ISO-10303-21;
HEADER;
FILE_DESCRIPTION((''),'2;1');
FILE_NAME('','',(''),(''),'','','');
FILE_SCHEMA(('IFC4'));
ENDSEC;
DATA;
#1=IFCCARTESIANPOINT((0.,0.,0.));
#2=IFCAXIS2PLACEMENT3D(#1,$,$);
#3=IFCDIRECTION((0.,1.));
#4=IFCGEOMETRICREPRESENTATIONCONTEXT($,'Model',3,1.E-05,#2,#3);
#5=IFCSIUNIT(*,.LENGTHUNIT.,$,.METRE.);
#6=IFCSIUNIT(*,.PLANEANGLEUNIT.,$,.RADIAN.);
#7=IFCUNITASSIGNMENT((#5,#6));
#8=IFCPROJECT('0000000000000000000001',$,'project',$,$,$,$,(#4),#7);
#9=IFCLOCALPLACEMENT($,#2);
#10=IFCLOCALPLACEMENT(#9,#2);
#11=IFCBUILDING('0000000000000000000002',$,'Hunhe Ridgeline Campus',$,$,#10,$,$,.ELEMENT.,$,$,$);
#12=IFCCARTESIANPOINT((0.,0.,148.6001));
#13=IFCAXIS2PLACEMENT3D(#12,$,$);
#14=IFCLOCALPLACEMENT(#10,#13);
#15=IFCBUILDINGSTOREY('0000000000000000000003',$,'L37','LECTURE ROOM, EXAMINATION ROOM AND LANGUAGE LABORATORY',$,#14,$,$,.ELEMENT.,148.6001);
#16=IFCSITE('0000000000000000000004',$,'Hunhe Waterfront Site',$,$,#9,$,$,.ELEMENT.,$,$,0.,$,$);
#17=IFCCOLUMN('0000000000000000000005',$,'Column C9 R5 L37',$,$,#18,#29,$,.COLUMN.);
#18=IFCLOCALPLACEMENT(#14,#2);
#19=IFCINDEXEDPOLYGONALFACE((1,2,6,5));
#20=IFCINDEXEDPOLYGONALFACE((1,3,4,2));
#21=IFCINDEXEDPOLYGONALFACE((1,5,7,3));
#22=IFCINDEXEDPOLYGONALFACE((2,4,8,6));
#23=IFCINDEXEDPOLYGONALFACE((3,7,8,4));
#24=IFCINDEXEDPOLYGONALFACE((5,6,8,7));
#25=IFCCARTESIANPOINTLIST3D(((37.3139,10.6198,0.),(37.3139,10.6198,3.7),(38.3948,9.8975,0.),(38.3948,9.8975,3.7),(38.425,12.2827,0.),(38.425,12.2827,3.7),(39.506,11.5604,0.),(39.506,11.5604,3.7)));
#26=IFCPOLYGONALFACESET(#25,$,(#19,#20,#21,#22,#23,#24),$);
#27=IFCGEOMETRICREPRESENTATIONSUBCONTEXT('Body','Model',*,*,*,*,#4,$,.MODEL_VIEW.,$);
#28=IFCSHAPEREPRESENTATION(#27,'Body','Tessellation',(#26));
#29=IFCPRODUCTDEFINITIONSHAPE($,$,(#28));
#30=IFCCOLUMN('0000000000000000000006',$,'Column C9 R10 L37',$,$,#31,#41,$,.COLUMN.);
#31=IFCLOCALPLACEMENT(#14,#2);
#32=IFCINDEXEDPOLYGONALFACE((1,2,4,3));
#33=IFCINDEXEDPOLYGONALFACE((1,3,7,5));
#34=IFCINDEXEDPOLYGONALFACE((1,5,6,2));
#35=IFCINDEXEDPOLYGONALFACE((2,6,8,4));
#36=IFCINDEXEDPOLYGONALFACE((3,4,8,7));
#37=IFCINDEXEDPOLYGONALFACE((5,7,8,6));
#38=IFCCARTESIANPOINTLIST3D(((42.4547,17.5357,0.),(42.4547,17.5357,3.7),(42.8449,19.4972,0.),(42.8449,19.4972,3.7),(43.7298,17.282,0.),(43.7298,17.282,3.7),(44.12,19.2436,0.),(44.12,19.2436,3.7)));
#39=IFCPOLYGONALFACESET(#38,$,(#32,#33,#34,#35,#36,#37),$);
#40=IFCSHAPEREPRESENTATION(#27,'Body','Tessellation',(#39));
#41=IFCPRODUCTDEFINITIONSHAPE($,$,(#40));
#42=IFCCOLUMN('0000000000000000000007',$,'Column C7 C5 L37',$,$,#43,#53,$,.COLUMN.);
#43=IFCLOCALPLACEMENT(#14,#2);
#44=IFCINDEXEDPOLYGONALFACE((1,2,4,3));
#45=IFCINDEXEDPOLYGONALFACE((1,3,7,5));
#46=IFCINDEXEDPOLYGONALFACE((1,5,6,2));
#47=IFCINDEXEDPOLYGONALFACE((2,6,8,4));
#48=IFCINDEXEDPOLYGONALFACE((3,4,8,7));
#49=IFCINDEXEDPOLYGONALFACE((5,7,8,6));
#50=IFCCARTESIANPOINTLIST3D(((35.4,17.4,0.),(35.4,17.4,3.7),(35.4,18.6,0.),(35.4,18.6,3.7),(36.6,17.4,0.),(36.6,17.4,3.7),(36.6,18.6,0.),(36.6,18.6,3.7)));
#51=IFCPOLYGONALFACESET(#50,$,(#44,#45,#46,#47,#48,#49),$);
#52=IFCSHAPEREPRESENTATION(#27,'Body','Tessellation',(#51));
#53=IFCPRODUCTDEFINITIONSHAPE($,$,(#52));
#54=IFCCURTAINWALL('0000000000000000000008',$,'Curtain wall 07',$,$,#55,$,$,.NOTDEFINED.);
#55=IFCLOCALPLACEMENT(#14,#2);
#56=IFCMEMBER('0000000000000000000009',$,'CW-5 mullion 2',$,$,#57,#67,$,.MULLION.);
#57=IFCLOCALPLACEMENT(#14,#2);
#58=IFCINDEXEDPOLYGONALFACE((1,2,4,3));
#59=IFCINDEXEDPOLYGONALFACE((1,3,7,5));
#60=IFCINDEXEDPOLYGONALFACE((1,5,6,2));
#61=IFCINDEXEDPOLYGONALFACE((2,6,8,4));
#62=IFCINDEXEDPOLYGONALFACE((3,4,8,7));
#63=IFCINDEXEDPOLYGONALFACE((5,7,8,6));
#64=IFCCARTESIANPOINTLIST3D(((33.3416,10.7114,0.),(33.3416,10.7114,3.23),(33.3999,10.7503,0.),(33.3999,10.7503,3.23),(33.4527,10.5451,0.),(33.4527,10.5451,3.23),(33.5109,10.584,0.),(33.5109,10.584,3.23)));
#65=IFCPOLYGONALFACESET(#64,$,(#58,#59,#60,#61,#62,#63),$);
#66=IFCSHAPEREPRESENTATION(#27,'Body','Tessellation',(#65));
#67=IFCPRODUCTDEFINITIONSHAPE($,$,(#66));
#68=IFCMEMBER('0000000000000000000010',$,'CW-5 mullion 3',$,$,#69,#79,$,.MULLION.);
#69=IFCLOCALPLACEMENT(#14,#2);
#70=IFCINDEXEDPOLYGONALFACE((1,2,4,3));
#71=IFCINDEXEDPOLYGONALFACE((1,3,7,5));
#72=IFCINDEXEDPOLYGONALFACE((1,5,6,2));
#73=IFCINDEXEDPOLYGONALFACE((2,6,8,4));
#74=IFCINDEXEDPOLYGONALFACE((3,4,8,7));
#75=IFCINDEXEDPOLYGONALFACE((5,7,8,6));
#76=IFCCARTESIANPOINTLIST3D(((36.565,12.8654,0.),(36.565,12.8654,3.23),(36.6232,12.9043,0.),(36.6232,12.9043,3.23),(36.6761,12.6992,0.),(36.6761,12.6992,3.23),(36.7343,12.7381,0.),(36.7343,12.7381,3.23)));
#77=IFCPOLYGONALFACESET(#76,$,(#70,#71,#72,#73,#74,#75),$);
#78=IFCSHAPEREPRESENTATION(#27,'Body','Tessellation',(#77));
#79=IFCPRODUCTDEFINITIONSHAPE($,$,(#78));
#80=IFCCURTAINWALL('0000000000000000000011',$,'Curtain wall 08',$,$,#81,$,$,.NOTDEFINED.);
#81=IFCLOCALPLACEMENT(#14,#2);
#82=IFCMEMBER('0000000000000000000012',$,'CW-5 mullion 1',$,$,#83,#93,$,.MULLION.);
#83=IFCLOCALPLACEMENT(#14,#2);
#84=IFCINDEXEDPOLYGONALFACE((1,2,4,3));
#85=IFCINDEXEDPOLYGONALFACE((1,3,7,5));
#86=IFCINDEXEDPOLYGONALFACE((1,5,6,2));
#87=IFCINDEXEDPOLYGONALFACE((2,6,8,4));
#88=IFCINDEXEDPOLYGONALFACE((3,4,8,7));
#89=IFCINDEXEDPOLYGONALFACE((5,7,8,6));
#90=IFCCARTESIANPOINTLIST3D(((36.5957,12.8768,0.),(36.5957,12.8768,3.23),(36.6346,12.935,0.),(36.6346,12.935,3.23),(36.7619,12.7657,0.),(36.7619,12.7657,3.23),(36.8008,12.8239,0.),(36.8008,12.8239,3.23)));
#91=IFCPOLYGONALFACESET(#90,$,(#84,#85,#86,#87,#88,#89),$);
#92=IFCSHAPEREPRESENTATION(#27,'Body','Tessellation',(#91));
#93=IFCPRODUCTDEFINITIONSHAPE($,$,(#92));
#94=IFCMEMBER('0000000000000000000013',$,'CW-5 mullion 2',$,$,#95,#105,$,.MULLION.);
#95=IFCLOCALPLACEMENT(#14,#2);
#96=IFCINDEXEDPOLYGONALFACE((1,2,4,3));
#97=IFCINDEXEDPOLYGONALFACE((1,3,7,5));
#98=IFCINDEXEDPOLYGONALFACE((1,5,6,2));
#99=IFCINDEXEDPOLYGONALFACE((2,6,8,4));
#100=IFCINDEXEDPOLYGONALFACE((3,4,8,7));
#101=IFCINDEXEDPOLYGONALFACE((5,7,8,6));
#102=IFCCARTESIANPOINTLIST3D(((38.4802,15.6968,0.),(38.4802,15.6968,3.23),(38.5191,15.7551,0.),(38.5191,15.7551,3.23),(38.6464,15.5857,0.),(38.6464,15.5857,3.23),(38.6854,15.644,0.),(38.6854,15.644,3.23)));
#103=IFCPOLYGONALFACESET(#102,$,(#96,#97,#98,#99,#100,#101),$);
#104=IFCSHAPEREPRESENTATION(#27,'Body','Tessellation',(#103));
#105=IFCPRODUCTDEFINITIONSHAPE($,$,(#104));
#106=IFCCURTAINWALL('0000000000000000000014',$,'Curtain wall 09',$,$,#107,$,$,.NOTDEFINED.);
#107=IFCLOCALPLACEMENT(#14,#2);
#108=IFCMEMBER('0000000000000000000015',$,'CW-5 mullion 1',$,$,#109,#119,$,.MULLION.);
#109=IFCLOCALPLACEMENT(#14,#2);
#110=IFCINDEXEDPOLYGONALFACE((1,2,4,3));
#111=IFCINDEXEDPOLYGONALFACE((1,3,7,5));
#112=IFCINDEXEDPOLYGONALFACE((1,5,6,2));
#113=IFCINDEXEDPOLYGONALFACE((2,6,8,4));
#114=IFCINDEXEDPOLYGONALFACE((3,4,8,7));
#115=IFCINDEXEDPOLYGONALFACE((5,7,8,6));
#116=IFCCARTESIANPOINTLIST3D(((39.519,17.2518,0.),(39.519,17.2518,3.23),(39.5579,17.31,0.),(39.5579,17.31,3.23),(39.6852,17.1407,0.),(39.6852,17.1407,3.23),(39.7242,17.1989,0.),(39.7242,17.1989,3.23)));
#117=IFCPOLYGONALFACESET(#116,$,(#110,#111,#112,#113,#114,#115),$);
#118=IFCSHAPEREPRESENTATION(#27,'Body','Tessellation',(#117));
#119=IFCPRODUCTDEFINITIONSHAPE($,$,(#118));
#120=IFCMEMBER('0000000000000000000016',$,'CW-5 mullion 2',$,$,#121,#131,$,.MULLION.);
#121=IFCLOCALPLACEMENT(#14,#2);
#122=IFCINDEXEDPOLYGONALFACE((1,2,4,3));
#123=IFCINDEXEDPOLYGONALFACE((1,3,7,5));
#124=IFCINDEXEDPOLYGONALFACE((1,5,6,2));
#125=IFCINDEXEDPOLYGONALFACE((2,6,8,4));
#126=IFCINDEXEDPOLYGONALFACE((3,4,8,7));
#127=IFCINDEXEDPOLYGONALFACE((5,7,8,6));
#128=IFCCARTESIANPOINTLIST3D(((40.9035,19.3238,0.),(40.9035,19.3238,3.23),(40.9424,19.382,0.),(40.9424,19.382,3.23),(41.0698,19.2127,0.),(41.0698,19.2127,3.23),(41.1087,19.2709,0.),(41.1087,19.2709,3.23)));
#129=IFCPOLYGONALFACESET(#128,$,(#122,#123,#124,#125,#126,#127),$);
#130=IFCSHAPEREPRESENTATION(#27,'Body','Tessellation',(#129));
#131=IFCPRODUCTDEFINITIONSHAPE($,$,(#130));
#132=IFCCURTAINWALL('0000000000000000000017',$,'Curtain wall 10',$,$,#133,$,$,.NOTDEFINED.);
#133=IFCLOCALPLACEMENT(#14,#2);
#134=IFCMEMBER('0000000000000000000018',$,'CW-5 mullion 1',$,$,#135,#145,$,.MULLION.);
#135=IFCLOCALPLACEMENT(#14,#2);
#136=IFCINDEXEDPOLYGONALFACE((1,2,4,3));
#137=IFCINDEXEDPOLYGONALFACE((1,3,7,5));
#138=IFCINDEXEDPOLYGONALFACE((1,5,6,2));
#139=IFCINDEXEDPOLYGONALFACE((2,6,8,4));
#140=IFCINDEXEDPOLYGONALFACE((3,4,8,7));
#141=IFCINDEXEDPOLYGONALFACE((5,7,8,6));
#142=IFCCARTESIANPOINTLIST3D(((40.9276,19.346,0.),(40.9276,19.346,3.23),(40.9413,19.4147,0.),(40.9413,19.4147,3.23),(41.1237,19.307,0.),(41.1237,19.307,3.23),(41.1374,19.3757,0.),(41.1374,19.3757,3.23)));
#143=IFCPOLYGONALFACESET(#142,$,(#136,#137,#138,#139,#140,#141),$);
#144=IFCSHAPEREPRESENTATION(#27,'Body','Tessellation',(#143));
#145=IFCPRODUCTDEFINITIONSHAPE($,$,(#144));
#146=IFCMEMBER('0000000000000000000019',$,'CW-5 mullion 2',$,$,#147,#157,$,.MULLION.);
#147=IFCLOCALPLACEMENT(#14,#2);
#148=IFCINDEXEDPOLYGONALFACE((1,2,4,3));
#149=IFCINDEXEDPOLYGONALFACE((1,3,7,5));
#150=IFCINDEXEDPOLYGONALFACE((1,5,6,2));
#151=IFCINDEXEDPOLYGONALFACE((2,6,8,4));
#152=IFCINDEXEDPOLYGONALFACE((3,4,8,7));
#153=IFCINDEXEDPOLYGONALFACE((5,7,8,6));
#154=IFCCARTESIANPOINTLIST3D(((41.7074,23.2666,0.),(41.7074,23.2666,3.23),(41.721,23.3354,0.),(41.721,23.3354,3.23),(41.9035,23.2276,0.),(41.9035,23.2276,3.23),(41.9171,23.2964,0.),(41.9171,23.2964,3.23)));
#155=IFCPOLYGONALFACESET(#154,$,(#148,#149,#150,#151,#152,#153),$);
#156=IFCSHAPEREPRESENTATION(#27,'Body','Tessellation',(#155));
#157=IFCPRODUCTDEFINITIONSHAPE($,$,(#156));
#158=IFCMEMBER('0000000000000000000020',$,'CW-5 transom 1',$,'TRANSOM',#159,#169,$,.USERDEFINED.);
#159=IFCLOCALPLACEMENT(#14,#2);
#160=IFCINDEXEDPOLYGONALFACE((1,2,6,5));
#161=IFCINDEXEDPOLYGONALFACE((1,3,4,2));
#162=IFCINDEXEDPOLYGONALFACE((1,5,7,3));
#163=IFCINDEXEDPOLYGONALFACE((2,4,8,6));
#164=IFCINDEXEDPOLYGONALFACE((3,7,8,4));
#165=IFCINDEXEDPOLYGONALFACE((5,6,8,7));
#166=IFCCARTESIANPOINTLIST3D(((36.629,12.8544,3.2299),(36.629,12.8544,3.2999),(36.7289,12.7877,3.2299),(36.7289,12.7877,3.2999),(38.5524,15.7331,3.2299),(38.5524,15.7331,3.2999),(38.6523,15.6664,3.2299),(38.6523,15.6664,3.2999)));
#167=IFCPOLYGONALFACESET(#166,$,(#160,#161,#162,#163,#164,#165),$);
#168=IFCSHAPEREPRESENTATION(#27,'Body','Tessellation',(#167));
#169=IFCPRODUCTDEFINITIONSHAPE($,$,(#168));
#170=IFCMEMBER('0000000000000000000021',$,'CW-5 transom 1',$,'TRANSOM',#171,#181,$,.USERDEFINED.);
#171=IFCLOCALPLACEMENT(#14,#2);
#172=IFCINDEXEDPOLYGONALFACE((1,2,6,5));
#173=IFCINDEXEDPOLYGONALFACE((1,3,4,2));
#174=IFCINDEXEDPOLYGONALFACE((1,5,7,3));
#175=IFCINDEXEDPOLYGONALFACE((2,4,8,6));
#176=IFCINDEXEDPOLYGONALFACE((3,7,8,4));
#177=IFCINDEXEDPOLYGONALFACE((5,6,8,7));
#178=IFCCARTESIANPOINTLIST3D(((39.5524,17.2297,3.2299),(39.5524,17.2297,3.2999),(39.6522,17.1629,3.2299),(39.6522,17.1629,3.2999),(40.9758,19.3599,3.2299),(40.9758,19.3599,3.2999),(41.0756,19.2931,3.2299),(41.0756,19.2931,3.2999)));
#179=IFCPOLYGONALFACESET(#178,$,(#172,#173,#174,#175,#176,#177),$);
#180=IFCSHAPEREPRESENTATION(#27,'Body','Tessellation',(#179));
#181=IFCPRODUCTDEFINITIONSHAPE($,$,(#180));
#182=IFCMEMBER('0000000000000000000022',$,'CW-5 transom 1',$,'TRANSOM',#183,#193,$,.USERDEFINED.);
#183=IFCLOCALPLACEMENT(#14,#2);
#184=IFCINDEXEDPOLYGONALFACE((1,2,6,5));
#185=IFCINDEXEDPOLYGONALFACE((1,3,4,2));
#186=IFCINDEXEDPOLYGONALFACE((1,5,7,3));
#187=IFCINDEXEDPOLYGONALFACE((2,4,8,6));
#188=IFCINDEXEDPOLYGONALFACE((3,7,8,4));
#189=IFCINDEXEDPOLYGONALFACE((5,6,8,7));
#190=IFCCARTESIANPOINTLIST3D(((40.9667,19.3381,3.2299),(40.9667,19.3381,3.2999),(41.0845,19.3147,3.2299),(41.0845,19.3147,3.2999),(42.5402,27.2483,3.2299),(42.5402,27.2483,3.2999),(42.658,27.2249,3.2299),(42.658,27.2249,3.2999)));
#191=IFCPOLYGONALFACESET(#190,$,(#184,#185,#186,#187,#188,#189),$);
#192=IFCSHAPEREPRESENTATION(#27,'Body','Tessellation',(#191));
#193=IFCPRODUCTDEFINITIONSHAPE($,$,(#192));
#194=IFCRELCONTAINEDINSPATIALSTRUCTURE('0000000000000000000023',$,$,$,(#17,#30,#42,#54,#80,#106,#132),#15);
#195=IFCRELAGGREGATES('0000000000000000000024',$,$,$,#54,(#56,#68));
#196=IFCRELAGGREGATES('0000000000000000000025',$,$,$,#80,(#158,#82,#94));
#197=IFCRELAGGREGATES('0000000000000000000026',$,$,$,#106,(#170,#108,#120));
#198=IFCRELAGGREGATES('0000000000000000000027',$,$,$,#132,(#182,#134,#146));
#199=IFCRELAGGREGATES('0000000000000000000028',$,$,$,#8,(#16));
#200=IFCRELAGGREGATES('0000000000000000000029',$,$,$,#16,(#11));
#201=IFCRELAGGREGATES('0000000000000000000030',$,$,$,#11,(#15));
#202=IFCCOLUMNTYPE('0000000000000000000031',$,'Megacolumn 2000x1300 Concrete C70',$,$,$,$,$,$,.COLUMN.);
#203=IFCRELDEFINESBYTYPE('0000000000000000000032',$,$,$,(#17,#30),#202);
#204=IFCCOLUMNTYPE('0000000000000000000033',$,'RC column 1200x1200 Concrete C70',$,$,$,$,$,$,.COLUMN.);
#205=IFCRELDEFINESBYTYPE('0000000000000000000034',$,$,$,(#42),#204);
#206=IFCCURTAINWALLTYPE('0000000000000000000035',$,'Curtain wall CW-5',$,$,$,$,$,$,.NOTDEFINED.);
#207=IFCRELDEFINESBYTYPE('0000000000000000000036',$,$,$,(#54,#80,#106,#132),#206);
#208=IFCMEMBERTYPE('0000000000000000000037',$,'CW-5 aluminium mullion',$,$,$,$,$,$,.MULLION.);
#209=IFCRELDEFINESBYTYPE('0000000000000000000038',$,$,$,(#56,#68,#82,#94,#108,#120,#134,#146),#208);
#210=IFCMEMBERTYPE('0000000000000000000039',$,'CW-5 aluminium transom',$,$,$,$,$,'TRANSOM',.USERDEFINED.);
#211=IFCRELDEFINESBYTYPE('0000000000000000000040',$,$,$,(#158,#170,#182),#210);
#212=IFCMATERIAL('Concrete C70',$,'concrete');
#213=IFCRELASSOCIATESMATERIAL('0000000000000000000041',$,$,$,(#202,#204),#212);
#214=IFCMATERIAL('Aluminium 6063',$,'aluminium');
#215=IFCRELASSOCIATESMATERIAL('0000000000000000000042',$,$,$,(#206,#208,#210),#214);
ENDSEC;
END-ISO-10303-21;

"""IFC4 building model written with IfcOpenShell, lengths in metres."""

from ifc_helpers import new_model, si_unit, direction, frame, origin, origin_2d, place, context, subcontext, project, spatial, rectangle, extrude, material, material_profile, profile_set, type_object, element, aggregate, save


model = new_model("IFC4")

# Units and contexts
model_context = context("Model", 3, precision=1e-05, world=origin(), true_north=direction((0.0, 1.0)))
body_context = subcontext(model_context, "Body", "Model", "MODEL_VIEW")
ifc_project = project(units=[si_unit("LENGTHUNIT", "METRE"), si_unit("PLANEANGLEUNIT", "RADIAN")], contexts=[model_context])

# Site, building, storey
site_placement = place(None, origin())
site = spatial("IfcSite", under=ifc_project, at=site_placement, Name="Hunhe Waterfront Site", CompositionType="ELEMENT", RefElevation=0.0)
building_placement = place(site_placement, origin())
building = spatial("IfcBuilding", under=site, at=building_placement, Name="Hunhe Ridgeline Campus", CompositionType="ELEMENT")
storey_placement = place(building_placement, frame((0.0, 0.0, 148.6001)))
storey = spatial("IfcBuildingStorey", under=building, at=storey_placement, Name="L37", Description="LECTURE ROOM, EXAMINATION ROOM AND LANGUAGE LABORATORY", CompositionType="ELEMENT", Elevation=148.6001)

# Columns
ifc_material_1 = material(Name="Concrete C70", Category="concrete")
ifc_material_profile_1 = material_profile(ifc_material_1, rectangle(XDim=2.0, YDim=1.3, at=origin_2d()))
ifc_profile_set_1 = profile_set([ifc_material_profile_1], Name="Concrete C70")
column_type_1 = type_object("IfcColumnType", Name="Megacolumn 2000x1300 Concrete C70", PredefinedType="COLUMN", material=ifc_profile_set_1)
for number, where, z_axis, x_axis, name in (
    (1, (38.4099, 11.0901, 0.0), (0.0, 0.0, 1.0), (0.55557, 0.83147, 0.0), "Column C9 R5 L37"),
    (2, (43.2874, 18.3896, 0.0), (0.0, 0.0, 1.0), (0.19509, 0.980785, 0.0), "Column C9 R10 L37"),
):
    element("IfcColumn", number, at=place(storey_placement, frame(where, z_axis=z_axis, x_axis=x_axis)), inside=storey, type_object=column_type_1, Name=name, PredefinedType="COLUMN", context=body_context, shape_type="SweptSolid", body=[
        extrude(rectangle(XDim=2.0, YDim=1.3, at=origin_2d()), origin(), (0.0, 0.0, 1.0), 3.7),
    ])
ifc_material_profile_2 = material_profile(ifc_material_1, rectangle(XDim=1.2, YDim=1.2, at=origin_2d()))
ifc_profile_set_2 = profile_set([ifc_material_profile_2], Name="Concrete C70")
column_type_2 = type_object("IfcColumnType", Name="RC column 1200x1200 Concrete C70", PredefinedType="COLUMN", material=ifc_profile_set_2)
column_placement = place(storey_placement, frame((36.0, 18.0, 0.0), z_axis=(0.0, 0.0, 1.0), x_axis=(1.0, 0.0, 0.0)))
element("IfcColumn", 3, at=column_placement, inside=storey, type_object=column_type_2, Name="Column C7 C5 L37", PredefinedType="COLUMN", context=body_context, shape_type="SweptSolid", body=[
    extrude(rectangle(XDim=1.2, YDim=1.2, at=origin_2d()), origin(), (0.0, 0.0, 1.0), 3.7),
])

# Curtain walls, members
ifc_material_2 = material(Name="Aluminium 6063", Category="aluminium")
curtain_wall_type = type_object("IfcCurtainWallType", Name="Curtain wall CW-5", PredefinedType="NOTDEFINED", material=ifc_material_2)
curtain_wall_1_placement = place(storey_placement, origin())
curtain_wall_1 = element("IfcCurtainWall", 4, at=curtain_wall_1_placement, inside=storey, type_object=curtain_wall_type, Name="Curtain wall 07", PredefinedType="NOTDEFINED")
ifc_material_profile_3 = material_profile(ifc_material_2, rectangle(XDim=0.2, YDim=0.0701, at=origin_2d()))
ifc_profile_set_3 = profile_set([ifc_material_profile_3], Name="Aluminium 6063")
member_type_1 = type_object("IfcMemberType", Name="CW-5 aluminium mullion", PredefinedType="MULLION", material=ifc_profile_set_3)
member_1_placement = place(storey_placement, frame((33.4263, 10.6477, 0.0), z_axis=(0.0, 0.0, 1.0), x_axis=(-0.55557, 0.83147, 0.0)))
member_1 = element("IfcMember", 5, at=member_1_placement, type_object=member_type_1, Name="CW-5 mullion 2", PredefinedType="MULLION", context=body_context, shape_type="SweptSolid", body=[
    extrude(rectangle(XDim=0.2, YDim=0.0701, at=origin_2d()), origin(), (0.0, 0.0, 1.0), 3.23),
])
member_2_placement = place(storey_placement, frame((36.6497, 12.8018, 0.0), z_axis=(0.0, 0.0, 1.0), x_axis=(-0.55557, 0.83147, 0.0)))
member_2 = element("IfcMember", 6, at=member_2_placement, type_object=member_type_1, Name="CW-5 mullion 3", PredefinedType="MULLION", context=body_context, shape_type="SweptSolid", body=[
    extrude(rectangle(XDim=0.2, YDim=0.0701, at=origin_2d()), origin(), (0.0, 0.0, 1.0), 3.23),
])
curtain_wall_2_placement = place(storey_placement, origin())
curtain_wall_2 = element("IfcCurtainWall", 7, at=curtain_wall_2_placement, inside=storey, type_object=curtain_wall_type, Name="Curtain wall 08", PredefinedType="NOTDEFINED")
member_3_placement = place(storey_placement, frame((36.6982, 12.8503, 0.0), z_axis=(0.0, 0.0, 1.0), x_axis=(-0.83147, 0.55557, 0.0)))
member_3 = element("IfcMember", 8, at=member_3_placement, type_object=member_type_1, Name="CW-5 mullion 1", PredefinedType="MULLION", context=body_context, shape_type="SweptSolid", body=[
    extrude(rectangle(XDim=0.2, YDim=0.0701, at=origin_2d()), origin(), (0.0, 0.0, 1.0), 3.23),
])
member_4_placement = place(storey_placement, frame((38.5828, 15.6704, 0.0), z_axis=(0.0, 0.0, 1.0), x_axis=(-0.83147, 0.55557, 0.0)))
member_4 = element("IfcMember", 9, at=member_4_placement, type_object=member_type_1, Name="CW-5 mullion 2", PredefinedType="MULLION", context=body_context, shape_type="SweptSolid", body=[
    extrude(rectangle(XDim=0.2, YDim=0.0701, at=origin_2d()), origin(), (0.0, 0.0, 1.0), 3.23),
])
curtain_wall_3_placement = place(storey_placement, origin())
curtain_wall_3 = element("IfcCurtainWall", 10, at=curtain_wall_3_placement, inside=storey, type_object=curtain_wall_type, Name="Curtain wall 09", PredefinedType="NOTDEFINED")
member_5_placement = place(storey_placement, frame((39.6216, 17.2253, 0.0), z_axis=(0.0, 0.0, 1.0), x_axis=(-0.83147, 0.55557, 0.0)))
member_5 = element("IfcMember", 11, at=member_5_placement, type_object=member_type_1, Name="CW-5 mullion 1", PredefinedType="MULLION", context=body_context, shape_type="SweptSolid", body=[
    extrude(rectangle(XDim=0.2, YDim=0.0701, at=origin_2d()), origin(), (0.0, 0.0, 1.0), 3.23),
])
member_6_placement = place(storey_placement, frame((41.0061, 19.2974, 0.0), z_axis=(0.0, 0.0, 1.0), x_axis=(-0.83147, 0.55557, 0.0)))
member_6 = element("IfcMember", 12, at=member_6_placement, type_object=member_type_1, Name="CW-5 mullion 2", PredefinedType="MULLION", context=body_context, shape_type="SweptSolid", body=[
    extrude(rectangle(XDim=0.2, YDim=0.0701, at=origin_2d()), origin(), (0.0, 0.0, 1.0), 3.23),
])
curtain_wall_4_placement = place(storey_placement, origin())
curtain_wall_4 = element("IfcCurtainWall", 13, at=curtain_wall_4_placement, inside=storey, type_object=curtain_wall_type, Name="Curtain wall 10", PredefinedType="NOTDEFINED")
member_7_placement = place(storey_placement, frame((41.0325, 19.3608, 0.0), z_axis=(0.0, 0.0, 1.0), x_axis=(-0.980785, 0.19509, 0.0)))
member_7 = element("IfcMember", 14, at=member_7_placement, type_object=member_type_1, Name="CW-5 mullion 1", PredefinedType="MULLION", context=body_context, shape_type="SweptSolid", body=[
    extrude(rectangle(XDim=0.2, YDim=0.0701, at=origin_2d()), origin(), (0.0, 0.0, 1.0), 3.23),
])
member_8_placement = place(storey_placement, frame((41.8123, 23.2815, 0.0), z_axis=(0.0, 0.0, 1.0), x_axis=(-0.980785, 0.19509, 0.0)))
member_8 = element("IfcMember", 15, at=member_8_placement, type_object=member_type_1, Name="CW-5 mullion 2", PredefinedType="MULLION", context=body_context, shape_type="SweptSolid", body=[
    extrude(rectangle(XDim=0.2, YDim=0.0701, at=origin_2d()), origin(), (0.0, 0.0, 1.0), 3.23),
])

# Members
ifc_material_profile_4 = material_profile(ifc_material_2, rectangle(XDim=0.1201, YDim=0.0701, at=origin_2d()))
ifc_profile_set_4 = profile_set([ifc_material_profile_4], Name="Aluminium 6063")
member_type_2 = type_object("IfcMemberType", Name="CW-5 aluminium transom", ElementType="TRANSOM", PredefinedType="USERDEFINED", material=ifc_profile_set_4)
member_9_placement = place(storey_placement, frame((36.679, 12.821, 3.2649), z_axis=(0.555546, 0.831486, 0.0), x_axis=(-0.831486, 0.555546, 0.0)))
member_9 = element("IfcMember", 16, at=member_9_placement, type_object=member_type_2, Name="CW-5 transom 1", ObjectType="TRANSOM", PredefinedType="USERDEFINED", context=body_context, shape_type="SweptSolid", body=[
    extrude(rectangle(XDim=0.1201, YDim=0.0701, at=origin_2d()), origin(), (0.0, 0.0, 1.0), 3.4622),
])
member_10_placement = place(storey_placement, frame((39.6023, 17.1963, 3.2649), z_axis=(0.55558, 0.831463, 0.0), x_axis=(-0.831463, 0.55558, 0.0)))
member_10 = element("IfcMember", 17, at=member_10_placement, type_object=member_type_2, Name="CW-5 transom 1", ObjectType="TRANSOM", PredefinedType="USERDEFINED", context=body_context, shape_type="SweptSolid", body=[
    extrude(rectangle(XDim=0.1201, YDim=0.0701, at=origin_2d()), origin(), (0.0, 0.0, 1.0), 2.562),
])
member_11_placement = place(storey_placement, frame((41.0256, 19.3264, 3.2649), z_axis=(0.195097, 0.980784, 0.0), x_axis=(-0.980784, 0.195097, 0.0)))
member_11 = element("IfcMember", 18, at=member_11_placement, type_object=member_type_2, Name="CW-5 transom 1", ObjectType="TRANSOM", PredefinedType="USERDEFINED", context=body_context, shape_type="SweptSolid", body=[
    extrude(rectangle(XDim=0.1201, YDim=0.0701, at=origin_2d()), origin(), (0.0, 0.0, 1.0), 8.0652),
])

aggregate(curtain_wall_1, [member_1, member_2])
aggregate(curtain_wall_2, [member_9, member_3, member_4])
aggregate(curtain_wall_3, [member_10, member_5, member_6])
aggregate(curtain_wall_4, [member_11, member_7, member_8])

save(model, "model.ifc")
